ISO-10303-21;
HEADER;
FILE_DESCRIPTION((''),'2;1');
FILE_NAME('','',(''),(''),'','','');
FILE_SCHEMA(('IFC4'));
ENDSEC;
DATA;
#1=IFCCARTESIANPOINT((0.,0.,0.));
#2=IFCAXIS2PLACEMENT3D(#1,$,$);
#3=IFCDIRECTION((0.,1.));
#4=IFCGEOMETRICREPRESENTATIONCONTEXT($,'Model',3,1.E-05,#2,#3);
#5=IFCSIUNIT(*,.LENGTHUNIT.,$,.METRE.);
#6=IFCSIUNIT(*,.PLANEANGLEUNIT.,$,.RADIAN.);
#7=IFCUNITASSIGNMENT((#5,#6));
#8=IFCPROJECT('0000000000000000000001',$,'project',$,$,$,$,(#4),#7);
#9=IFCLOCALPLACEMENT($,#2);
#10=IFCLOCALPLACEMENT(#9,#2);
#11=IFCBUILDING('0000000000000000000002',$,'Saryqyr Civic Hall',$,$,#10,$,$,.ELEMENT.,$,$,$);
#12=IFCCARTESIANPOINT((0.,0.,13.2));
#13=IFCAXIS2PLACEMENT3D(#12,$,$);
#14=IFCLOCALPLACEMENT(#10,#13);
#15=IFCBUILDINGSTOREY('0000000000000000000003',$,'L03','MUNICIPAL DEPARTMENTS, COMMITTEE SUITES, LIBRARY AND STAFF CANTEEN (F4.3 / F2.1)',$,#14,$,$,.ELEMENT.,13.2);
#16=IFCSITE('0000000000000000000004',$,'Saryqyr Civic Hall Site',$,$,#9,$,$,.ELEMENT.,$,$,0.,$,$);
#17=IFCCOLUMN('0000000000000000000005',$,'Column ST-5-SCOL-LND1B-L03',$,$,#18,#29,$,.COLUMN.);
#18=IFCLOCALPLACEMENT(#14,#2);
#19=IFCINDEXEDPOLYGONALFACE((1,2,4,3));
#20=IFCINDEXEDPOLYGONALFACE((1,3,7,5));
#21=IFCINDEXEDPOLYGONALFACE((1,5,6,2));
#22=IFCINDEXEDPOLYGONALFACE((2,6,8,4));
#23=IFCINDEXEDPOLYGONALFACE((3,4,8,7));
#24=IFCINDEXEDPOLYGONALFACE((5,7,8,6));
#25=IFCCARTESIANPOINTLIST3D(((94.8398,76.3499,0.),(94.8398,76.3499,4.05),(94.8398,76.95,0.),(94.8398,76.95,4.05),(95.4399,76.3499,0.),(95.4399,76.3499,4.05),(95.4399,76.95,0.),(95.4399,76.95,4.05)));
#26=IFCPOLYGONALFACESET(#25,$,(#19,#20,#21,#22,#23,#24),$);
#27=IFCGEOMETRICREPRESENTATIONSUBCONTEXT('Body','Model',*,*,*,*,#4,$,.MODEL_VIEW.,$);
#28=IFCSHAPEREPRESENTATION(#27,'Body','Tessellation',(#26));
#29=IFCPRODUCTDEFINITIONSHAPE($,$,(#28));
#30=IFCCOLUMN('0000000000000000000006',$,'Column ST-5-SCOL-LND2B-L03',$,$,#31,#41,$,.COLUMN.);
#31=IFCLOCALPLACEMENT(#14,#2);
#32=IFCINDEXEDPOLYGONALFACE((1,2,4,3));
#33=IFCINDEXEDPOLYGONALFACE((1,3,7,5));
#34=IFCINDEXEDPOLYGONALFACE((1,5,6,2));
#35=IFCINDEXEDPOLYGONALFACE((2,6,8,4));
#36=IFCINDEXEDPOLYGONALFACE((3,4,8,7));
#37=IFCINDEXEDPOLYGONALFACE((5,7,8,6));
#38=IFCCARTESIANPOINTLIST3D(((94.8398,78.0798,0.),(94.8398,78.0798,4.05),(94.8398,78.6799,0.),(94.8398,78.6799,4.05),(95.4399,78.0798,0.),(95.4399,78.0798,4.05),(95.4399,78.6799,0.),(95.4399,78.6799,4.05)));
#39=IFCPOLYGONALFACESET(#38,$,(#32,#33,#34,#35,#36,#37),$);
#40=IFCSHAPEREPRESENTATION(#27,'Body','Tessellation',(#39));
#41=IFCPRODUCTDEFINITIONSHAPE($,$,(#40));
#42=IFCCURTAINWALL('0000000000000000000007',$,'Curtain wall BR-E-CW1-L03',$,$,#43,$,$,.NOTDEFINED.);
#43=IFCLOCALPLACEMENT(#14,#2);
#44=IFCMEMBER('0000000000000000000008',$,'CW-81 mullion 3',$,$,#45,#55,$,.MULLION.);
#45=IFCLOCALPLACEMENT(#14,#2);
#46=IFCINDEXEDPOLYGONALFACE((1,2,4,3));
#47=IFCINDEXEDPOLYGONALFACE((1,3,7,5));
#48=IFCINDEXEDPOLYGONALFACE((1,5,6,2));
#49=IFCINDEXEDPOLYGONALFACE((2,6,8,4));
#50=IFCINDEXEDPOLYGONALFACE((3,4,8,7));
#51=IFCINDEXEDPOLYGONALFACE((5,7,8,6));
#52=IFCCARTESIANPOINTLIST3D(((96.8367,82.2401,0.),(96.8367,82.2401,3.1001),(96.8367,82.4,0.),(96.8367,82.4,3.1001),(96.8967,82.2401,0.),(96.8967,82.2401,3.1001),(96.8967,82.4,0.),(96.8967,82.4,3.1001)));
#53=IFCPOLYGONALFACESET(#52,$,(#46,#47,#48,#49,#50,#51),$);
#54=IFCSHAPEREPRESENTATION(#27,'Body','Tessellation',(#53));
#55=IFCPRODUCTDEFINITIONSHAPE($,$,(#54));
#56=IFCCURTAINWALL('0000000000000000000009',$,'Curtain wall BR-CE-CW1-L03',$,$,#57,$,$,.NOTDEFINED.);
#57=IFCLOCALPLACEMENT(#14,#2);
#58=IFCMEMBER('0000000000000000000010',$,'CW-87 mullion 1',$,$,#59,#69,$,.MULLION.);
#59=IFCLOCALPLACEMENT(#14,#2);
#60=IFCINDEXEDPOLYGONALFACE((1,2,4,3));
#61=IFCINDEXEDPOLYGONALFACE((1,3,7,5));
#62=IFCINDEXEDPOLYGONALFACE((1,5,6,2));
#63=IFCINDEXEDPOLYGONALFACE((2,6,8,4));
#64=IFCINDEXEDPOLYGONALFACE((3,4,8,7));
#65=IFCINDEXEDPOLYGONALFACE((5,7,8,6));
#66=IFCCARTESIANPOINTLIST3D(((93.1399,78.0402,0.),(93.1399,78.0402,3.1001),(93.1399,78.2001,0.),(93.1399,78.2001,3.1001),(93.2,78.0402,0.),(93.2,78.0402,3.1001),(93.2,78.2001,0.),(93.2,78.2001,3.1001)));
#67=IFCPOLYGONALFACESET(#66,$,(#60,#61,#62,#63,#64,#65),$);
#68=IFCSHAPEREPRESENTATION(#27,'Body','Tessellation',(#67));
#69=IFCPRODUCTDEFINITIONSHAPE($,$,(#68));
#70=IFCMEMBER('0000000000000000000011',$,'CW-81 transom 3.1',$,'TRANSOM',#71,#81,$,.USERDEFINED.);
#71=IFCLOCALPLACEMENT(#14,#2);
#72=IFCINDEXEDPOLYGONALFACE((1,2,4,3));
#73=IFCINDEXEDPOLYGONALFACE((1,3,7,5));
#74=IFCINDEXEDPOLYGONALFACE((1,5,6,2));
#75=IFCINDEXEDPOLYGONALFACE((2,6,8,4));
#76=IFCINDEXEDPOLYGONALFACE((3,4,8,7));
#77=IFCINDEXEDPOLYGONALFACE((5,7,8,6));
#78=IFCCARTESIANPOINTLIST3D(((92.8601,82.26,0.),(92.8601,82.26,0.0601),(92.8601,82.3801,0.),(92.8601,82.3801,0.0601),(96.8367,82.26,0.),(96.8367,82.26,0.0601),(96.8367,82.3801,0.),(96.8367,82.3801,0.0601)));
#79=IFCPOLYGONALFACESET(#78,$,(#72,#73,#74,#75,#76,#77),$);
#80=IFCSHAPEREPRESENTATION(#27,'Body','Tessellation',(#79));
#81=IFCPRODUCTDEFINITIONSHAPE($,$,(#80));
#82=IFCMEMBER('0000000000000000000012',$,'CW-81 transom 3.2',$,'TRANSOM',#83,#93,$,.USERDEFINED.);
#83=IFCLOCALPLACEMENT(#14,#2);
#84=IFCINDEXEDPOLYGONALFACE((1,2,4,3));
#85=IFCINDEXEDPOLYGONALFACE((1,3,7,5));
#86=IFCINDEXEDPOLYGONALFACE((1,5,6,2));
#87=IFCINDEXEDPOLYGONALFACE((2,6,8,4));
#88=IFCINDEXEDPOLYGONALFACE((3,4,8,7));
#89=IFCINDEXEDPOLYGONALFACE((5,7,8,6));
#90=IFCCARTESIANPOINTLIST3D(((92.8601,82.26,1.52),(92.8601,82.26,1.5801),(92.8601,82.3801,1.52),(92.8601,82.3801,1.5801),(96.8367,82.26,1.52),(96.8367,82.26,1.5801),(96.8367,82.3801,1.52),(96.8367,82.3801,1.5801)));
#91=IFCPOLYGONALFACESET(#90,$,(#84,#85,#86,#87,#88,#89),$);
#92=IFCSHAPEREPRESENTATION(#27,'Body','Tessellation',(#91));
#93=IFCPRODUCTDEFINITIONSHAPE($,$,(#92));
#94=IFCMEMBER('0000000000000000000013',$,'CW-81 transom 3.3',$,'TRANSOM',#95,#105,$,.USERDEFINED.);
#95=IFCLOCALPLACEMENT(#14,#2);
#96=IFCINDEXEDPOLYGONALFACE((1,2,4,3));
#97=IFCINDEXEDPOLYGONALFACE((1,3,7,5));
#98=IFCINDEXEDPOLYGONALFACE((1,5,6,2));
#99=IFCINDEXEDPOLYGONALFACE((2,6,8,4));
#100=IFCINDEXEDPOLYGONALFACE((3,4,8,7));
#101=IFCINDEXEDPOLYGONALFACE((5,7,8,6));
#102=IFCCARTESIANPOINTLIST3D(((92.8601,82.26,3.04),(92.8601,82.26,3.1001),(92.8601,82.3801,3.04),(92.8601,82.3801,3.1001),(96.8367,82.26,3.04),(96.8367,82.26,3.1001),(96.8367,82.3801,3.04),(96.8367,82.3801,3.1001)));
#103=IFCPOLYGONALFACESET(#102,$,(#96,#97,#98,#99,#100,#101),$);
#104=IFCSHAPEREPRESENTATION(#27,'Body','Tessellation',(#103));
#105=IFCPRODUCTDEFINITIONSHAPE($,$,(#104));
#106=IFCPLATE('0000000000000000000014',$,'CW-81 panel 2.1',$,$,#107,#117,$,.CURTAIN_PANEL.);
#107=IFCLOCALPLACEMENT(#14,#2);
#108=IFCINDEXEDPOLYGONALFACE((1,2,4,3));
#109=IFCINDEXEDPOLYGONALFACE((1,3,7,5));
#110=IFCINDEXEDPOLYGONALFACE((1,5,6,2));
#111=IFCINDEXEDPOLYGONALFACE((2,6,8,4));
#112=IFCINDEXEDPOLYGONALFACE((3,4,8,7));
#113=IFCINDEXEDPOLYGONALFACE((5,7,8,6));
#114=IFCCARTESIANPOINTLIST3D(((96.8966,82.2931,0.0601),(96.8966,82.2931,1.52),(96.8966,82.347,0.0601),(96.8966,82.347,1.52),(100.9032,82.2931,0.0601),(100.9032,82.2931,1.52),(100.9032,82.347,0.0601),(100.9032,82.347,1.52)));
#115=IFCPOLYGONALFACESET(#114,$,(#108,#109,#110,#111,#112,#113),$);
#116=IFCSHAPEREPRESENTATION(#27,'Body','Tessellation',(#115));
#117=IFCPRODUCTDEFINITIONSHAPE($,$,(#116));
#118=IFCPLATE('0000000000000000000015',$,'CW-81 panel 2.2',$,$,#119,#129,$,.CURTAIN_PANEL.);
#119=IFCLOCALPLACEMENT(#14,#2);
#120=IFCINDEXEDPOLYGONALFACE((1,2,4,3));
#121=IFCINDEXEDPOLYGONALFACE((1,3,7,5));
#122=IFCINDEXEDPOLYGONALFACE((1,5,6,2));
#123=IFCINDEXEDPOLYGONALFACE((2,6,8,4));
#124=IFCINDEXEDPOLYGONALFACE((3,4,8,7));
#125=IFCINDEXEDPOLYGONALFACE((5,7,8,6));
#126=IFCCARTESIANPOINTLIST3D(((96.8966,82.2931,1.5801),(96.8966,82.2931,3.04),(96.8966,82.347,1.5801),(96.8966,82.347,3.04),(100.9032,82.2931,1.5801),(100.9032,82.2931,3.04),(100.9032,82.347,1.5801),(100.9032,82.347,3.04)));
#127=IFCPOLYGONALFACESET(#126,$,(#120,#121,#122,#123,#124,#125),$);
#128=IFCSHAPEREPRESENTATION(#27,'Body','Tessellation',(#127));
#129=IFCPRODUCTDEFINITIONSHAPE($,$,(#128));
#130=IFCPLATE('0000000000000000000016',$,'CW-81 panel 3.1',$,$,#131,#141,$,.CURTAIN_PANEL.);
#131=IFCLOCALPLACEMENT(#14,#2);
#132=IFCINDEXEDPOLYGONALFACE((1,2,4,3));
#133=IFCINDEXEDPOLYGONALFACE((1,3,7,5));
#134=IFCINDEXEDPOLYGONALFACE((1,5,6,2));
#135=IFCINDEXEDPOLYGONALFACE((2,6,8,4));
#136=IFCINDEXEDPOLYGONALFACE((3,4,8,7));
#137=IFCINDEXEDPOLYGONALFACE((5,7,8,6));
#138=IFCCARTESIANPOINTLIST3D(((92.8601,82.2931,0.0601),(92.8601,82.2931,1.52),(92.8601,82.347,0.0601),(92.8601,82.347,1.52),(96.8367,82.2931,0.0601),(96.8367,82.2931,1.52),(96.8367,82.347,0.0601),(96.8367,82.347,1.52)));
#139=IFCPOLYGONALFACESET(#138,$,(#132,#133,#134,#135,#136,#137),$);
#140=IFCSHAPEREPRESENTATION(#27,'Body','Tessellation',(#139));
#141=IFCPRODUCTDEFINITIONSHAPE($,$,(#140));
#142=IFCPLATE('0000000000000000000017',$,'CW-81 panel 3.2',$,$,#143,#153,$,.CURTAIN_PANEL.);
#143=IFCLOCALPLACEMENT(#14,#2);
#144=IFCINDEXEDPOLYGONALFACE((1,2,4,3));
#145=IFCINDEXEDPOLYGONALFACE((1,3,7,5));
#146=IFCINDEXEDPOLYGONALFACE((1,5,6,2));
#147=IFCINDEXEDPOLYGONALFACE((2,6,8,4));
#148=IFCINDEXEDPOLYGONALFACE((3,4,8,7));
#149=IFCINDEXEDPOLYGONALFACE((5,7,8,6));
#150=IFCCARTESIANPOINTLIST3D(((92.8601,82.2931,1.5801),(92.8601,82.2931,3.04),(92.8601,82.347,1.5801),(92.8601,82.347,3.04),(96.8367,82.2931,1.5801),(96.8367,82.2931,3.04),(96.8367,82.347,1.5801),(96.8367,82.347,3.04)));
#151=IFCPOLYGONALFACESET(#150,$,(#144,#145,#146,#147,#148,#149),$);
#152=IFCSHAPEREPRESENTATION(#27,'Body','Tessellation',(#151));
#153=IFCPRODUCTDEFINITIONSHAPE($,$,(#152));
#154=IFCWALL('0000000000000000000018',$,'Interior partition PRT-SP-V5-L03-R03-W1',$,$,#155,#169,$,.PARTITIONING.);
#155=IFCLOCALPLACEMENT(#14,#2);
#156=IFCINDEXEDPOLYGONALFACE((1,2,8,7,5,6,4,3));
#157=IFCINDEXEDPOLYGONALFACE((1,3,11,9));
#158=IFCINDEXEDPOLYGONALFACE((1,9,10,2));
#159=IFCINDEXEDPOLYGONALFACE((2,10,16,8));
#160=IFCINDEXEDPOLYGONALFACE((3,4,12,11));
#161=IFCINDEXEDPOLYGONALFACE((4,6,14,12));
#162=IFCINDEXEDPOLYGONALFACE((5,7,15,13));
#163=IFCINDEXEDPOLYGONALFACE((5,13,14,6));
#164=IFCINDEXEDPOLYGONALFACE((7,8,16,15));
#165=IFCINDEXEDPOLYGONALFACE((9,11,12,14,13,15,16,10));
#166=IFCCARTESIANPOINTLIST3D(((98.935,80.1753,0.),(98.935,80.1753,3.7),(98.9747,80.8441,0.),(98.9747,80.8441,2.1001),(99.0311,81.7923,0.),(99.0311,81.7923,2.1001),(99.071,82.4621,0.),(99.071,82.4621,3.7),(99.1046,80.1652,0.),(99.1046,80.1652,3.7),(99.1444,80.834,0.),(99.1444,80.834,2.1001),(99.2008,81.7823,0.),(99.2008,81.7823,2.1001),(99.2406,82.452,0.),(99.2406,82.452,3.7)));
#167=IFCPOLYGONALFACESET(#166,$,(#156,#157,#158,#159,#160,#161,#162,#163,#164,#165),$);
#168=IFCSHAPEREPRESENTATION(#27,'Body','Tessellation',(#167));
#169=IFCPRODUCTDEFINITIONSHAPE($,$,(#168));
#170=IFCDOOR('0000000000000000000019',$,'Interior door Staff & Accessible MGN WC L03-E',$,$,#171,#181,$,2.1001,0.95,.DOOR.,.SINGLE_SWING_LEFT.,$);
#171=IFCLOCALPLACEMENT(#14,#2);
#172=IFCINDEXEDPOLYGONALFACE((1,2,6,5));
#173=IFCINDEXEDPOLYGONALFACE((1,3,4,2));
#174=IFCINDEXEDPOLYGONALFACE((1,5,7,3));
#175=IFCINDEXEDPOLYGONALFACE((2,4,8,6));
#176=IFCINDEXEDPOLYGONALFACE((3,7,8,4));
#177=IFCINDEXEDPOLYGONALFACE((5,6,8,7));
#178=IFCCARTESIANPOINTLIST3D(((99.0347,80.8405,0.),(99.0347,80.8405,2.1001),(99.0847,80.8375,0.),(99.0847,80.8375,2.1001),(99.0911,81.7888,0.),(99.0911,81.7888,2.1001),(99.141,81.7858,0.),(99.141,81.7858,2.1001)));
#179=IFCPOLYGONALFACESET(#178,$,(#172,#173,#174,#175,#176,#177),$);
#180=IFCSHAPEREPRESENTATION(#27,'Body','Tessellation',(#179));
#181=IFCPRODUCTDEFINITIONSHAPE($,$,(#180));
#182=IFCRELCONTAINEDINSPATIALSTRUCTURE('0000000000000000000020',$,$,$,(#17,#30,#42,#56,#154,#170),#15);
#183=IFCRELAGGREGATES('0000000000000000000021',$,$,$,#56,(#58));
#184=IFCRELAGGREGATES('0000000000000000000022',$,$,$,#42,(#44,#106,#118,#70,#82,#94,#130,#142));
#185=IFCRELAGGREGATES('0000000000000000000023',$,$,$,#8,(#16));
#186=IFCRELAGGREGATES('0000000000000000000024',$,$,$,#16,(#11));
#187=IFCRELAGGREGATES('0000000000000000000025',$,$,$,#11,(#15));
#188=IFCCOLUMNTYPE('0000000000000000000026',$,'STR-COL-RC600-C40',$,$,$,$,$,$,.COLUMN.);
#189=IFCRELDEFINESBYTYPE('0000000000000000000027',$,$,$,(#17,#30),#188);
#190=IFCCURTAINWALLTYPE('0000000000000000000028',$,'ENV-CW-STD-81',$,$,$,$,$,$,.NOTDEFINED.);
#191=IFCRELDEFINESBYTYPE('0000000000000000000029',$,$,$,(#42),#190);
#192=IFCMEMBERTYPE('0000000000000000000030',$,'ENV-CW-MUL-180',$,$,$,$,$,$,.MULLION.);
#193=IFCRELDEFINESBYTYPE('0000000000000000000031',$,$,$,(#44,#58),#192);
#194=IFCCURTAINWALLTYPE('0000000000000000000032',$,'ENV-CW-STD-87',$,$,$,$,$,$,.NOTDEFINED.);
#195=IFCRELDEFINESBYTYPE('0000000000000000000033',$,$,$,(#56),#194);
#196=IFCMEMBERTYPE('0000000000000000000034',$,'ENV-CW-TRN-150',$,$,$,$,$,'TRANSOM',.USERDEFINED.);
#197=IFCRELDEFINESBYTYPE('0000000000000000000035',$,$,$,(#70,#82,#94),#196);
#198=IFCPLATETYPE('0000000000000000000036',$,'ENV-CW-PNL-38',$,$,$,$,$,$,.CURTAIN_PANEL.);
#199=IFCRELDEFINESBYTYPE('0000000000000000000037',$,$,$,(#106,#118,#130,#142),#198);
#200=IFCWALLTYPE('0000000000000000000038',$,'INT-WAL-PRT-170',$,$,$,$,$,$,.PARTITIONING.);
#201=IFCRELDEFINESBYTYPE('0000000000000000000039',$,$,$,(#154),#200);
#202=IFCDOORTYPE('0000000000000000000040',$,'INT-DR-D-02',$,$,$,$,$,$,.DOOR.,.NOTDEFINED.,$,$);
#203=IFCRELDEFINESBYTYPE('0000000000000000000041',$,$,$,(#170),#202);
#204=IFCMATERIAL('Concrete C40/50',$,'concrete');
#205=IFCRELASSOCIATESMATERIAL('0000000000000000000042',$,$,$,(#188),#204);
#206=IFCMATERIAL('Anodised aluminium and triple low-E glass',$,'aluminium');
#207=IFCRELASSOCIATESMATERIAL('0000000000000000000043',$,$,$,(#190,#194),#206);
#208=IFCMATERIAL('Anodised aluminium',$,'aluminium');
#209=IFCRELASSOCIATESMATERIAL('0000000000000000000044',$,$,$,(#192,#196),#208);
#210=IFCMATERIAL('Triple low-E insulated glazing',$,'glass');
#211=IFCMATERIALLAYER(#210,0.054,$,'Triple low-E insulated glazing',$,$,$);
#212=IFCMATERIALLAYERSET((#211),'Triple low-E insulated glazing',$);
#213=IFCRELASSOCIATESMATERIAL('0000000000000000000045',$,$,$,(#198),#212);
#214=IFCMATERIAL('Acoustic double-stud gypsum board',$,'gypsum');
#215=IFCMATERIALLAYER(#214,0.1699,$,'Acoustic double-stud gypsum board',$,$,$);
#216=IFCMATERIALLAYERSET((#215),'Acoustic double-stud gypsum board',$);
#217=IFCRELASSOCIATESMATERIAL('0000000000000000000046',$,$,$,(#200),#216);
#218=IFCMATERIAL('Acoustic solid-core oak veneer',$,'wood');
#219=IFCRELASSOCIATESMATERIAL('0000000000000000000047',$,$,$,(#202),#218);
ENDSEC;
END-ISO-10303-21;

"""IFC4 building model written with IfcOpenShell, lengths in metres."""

from ifc_helpers import new_model, si_unit, direction, frame, frame_2d, origin, origin_2d, place, context, subcontext, project, spatial, rectangle, extrude, material, layer, layer_set, material_profile, profile_set, type_object, element, fill, aggregate, save


model = new_model("IFC4")

# Units and contexts
model_context = context("Model", 3, precision=1e-05, world=origin(), true_north=direction((0.0, 1.0)))
body_context = subcontext(model_context, "Body", "Model", "MODEL_VIEW")
ifc_project = project(units=[si_unit("LENGTHUNIT", "METRE"), si_unit("PLANEANGLEUNIT", "RADIAN")], contexts=[model_context])

# Site, building, storey
site_placement = place(None, origin())
site = spatial("IfcSite", under=ifc_project, at=site_placement, Name="Saryqyr Civic Hall Site", CompositionType="ELEMENT", RefElevation=0.0)
building_placement = place(site_placement, origin())
building = spatial("IfcBuilding", under=site, at=building_placement, Name="Saryqyr Civic Hall", CompositionType="ELEMENT")
storey_placement = place(building_placement, frame((0.0, 0.0, 13.2)))
storey = spatial("IfcBuildingStorey", under=building, at=storey_placement, Name="L03", Description="MUNICIPAL DEPARTMENTS, COMMITTEE SUITES, LIBRARY AND STAFF CANTEEN (F4.3 / F2.1)", CompositionType="ELEMENT", Elevation=13.2)

# Columns
ifc_material_1 = material(Name="Concrete C40/50", Category="concrete")
ifc_material_profile_1 = material_profile(ifc_material_1, rectangle(XDim=0.6001, YDim=0.6001, at=origin_2d()), Name="RC 600x600")
ifc_profile_set_1 = profile_set([ifc_material_profile_1], Name="Concrete C40/50")
column_type = type_object("IfcColumnType", Name="STR-COL-RC600-C40", PredefinedType="COLUMN", material=ifc_profile_set_1)
for number, where, z_axis, x_axis, name in (
    (1, (95.1399, 76.6499, 0.0), (0.0, 0.0, 1.0), (1.0, 0.0, 0.0), "Column ST-5-SCOL-LND1B-L03"),
    (2, (95.1399, 78.3799, 0.0), (0.0, 0.0, 1.0), (1.0, 0.0, 0.0), "Column ST-5-SCOL-LND2B-L03"),
):
    element("IfcColumn", number, at=place(storey_placement, frame(where, z_axis=z_axis, x_axis=x_axis)), inside=storey, type_object=column_type, Name=name, PredefinedType="COLUMN", context=body_context, shape_type="SweptSolid", body=[
        extrude(rectangle(XDim=0.6001, YDim=0.6001, at=origin_2d()), origin(), (0.0, 0.0, 1.0), 4.05),
    ])

# Curtain walls, members
ifc_material_2 = material(Name="Anodised aluminium and triple low-E glass", Category="aluminium")
curtain_wall_type_1 = type_object("IfcCurtainWallType", Name="ENV-CW-STD-81", PredefinedType="NOTDEFINED", material=ifc_material_2)
curtain_wall_1_placement = place(storey_placement, origin())
curtain_wall_1 = element("IfcCurtainWall", 3, at=curtain_wall_1_placement, inside=storey, type_object=curtain_wall_type_1, Name="Curtain wall BR-E-CW1-L03", PredefinedType="NOTDEFINED")
ifc_material_3 = material(Name="Anodised aluminium", Category="aluminium")
ifc_material_profile_2 = material_profile(ifc_material_3, rectangle(XDim=0.0601, YDim=0.1599, at=origin_2d()), Name="ALU MULLION 60x160")
ifc_profile_set_2 = profile_set([ifc_material_profile_2], Name="Anodised aluminium")
member_type_1 = type_object("IfcMemberType", Name="ENV-CW-MUL-180", PredefinedType="MULLION", material=ifc_profile_set_2)
member_1_placement = place(storey_placement, frame((96.8667, 82.3201, 0.0), z_axis=(0.0, 0.0, 1.0), x_axis=(-1.0, 0.0, 0.0)))
member_1 = element("IfcMember", 4, at=member_1_placement, type_object=member_type_1, Name="CW-81 mullion 3", PredefinedType="MULLION", context=body_context, shape_type="SweptSolid", body=[
    extrude(rectangle(XDim=0.0601, YDim=0.1599, at=origin_2d()), origin(), (0.0, 0.0, 1.0), 3.1001),
])
curtain_wall_type_2 = type_object("IfcCurtainWallType", Name="ENV-CW-STD-87", PredefinedType="NOTDEFINED", material=ifc_material_2)
curtain_wall_2_placement = place(storey_placement, origin())
curtain_wall_2 = element("IfcCurtainWall", 5, at=curtain_wall_2_placement, inside=storey, type_object=curtain_wall_type_2, Name="Curtain wall BR-CE-CW1-L03", PredefinedType="NOTDEFINED")
member_2_placement = place(storey_placement, frame((93.1699, 78.1201, 0.0), z_axis=(0.0, 0.0, 1.0), x_axis=(-1.0, 0.0, 0.0)))
member_2 = element("IfcMember", 6, at=member_2_placement, type_object=member_type_1, Name="CW-87 mullion 1", PredefinedType="MULLION", context=body_context, shape_type="SweptSolid", body=[
    extrude(rectangle(XDim=0.0601, YDim=0.1599, at=origin_2d()), origin(), (0.0, 0.0, 1.0), 3.1001),
])
aggregate(curtain_wall_2, [member_2])

# Members
ifc_material_profile_3 = material_profile(ifc_material_3, rectangle(XDim=0.1201, YDim=0.0601, at=origin_2d()), Name="ALU TRANSOM 120x60")
ifc_profile_set_3 = profile_set([ifc_material_profile_3], Name="Anodised aluminium")
member_type_2 = type_object("IfcMemberType", Name="ENV-CW-TRN-150", ElementType="TRANSOM", PredefinedType="USERDEFINED", material=ifc_profile_set_3)
member_3_placement = place(storey_placement, frame((96.8367, 82.3201, 0.03), z_axis=(-1.0, 0.0, 0.0), x_axis=(0.0, -1.0, 0.0)))
member_3 = element("IfcMember", 7, at=member_3_placement, type_object=member_type_2, Name="CW-81 transom 3.1", ObjectType="TRANSOM", PredefinedType="USERDEFINED", context=body_context, shape_type="SweptSolid", body=[
    extrude(rectangle(XDim=0.1201, YDim=0.0601, at=origin_2d()), origin(), (0.0, 0.0, 1.0), 3.9766),
])
member_4_placement = place(storey_placement, frame((96.8367, 82.3201, 1.55), z_axis=(-1.0, 0.0, 0.0), x_axis=(0.0, -1.0, 0.0)))
member_4 = element("IfcMember", 8, at=member_4_placement, type_object=member_type_2, Name="CW-81 transom 3.2", ObjectType="TRANSOM", PredefinedType="USERDEFINED", context=body_context, shape_type="SweptSolid", body=[
    extrude(rectangle(XDim=0.1201, YDim=0.0601, at=origin_2d()), origin(), (0.0, 0.0, 1.0), 3.9766),
])
member_5_placement = place(storey_placement, frame((96.8367, 82.3201, 3.0701), z_axis=(-1.0, 0.0, 0.0), x_axis=(0.0, -1.0, 0.0)))
member_5 = element("IfcMember", 9, at=member_5_placement, type_object=member_type_2, Name="CW-81 transom 3.3", ObjectType="TRANSOM", PredefinedType="USERDEFINED", context=body_context, shape_type="SweptSolid", body=[
    extrude(rectangle(XDim=0.1201, YDim=0.0601, at=origin_2d()), origin(), (0.0, 0.0, 1.0), 3.9766),
])

# Plates
ifc_material_4 = material(Name="Triple low-E insulated glazing", Category="glass")
ifc_layer_1 = layer(ifc_material_4, 0.054, Name="Triple low-E insulated glazing")
ifc_layer_set_1 = layer_set([ifc_layer_1], Name="Triple low-E insulated glazing")
plate_type = type_object("IfcPlateType", Name="ENV-CW-PNL-38", PredefinedType="CURTAIN_PANEL", material=ifc_layer_set_1)
plate_1_placement = place(storey_placement, frame((98.8999, 82.3201, 0.0601), z_axis=(0.0, 0.0, 1.0), x_axis=(-1.0, 0.0, 0.0)))
plate_1 = element("IfcPlate", 10, at=plate_1_placement, type_object=plate_type, Name="CW-81 panel 2.1", PredefinedType="CURTAIN_PANEL", context=body_context, shape_type="SweptSolid", body=[
    extrude(rectangle(XDim=4.0066, YDim=0.054, at=origin_2d()), origin(), (0.0, 0.0, 1.0), 1.46),
])
plate_2_placement = place(storey_placement, frame((98.8999, 82.3201, 1.5801), z_axis=(0.0, 0.0, 1.0), x_axis=(-1.0, 0.0, 0.0)))
plate_2 = element("IfcPlate", 11, at=plate_2_placement, type_object=plate_type, Name="CW-81 panel 2.2", PredefinedType="CURTAIN_PANEL", context=body_context, shape_type="SweptSolid", body=[
    extrude(rectangle(XDim=4.0066, YDim=0.054, at=origin_2d()), origin(), (0.0, 0.0, 1.0), 1.46),
])
plate_3_placement = place(storey_placement, frame((94.8484, 82.3201, 0.0601), z_axis=(0.0, 0.0, 1.0), x_axis=(-1.0, 0.0, 0.0)))
plate_3 = element("IfcPlate", 12, at=plate_3_placement, type_object=plate_type, Name="CW-81 panel 3.1", PredefinedType="CURTAIN_PANEL", context=body_context, shape_type="SweptSolid", body=[
    extrude(rectangle(XDim=3.9766, YDim=0.054, at=origin_2d()), origin(), (0.0, 0.0, 1.0), 1.46),
])
plate_4_placement = place(storey_placement, frame((94.8484, 82.3201, 1.5801), z_axis=(0.0, 0.0, 1.0), x_axis=(-1.0, 0.0, 0.0)))
plate_4 = element("IfcPlate", 13, at=plate_4_placement, type_object=plate_type, Name="CW-81 panel 3.2", PredefinedType="CURTAIN_PANEL", context=body_context, shape_type="SweptSolid", body=[
    extrude(rectangle(XDim=3.9766, YDim=0.054, at=origin_2d()), origin(), (0.0, 0.0, 1.0), 1.46),
])
aggregate(curtain_wall_1, [member_1, plate_1, plate_2, member_3, member_4, member_5, plate_3, plate_4])

# Wall, opening, door
ifc_material_5 = material(Name="Acoustic double-stud gypsum board", Category="gypsum")
ifc_layer_2 = layer(ifc_material_5, 0.1699, Name="Acoustic double-stud gypsum board")
ifc_layer_set_2 = layer_set([ifc_layer_2], Name="Acoustic double-stud gypsum board")
wall_type_1 = type_object("IfcWallType", Name="INT-WAL-PRT-170", PredefinedType="PARTITIONING", material=ifc_layer_set_2)
wall_1_placement = place(storey_placement, frame((99.0198, 80.1702, 0.0), z_axis=(0.0, 0.0, 1.0), x_axis=(0.059366, 0.998236, 0.0)))
wall_1 = element("IfcWall", 14, at=wall_1_placement, inside=storey, type_object=wall_type_1, Name="Interior partition PRT-SP-V5-L03-R03-W1", PredefinedType="PARTITIONING", context=body_context, shape_type="SweptSolid", body=[
    extrude(rectangle(XDim=2.2908, YDim=0.1699, at=frame_2d((1.1455, 0.0))), origin(), (0.0, 0.0, 1.0), 3.7),
])
opening_1_placement = place(wall_1_placement, frame((0.6699, 0.0, 0.0)))
opening_1 = element("IfcOpeningElement", 15, at=opening_1_placement, cuts=wall_1, PredefinedType="OPENING", context=body_context, shape_type="SweptSolid", body=[
    extrude(rectangle(XDim=0.95, YDim=2.1001, at=frame_2d((0.4751, 1.05))), frame((0.0, 0.095, 0.0), z_axis=(0.0, -1.0, 0.0), x_axis=(1.0, 0.0, 0.0)), (0.0, 0.0, 1.0), 0.1899),
])
ifc_material_6 = material(Name="Acoustic solid-core oak veneer", Category="wood")
door_type_1 = type_object("IfcDoorType", Name="INT-DR-D-02", OperationType="NOTDEFINED", PredefinedType="DOOR", material=ifc_material_6)
door_1_placement = place(opening_1_placement, origin())
door_1 = element("IfcDoor", 16, at=door_1_placement, inside=storey, type_object=door_type_1, Name="Interior door Staff & Accessible MGN WC L03-E", OperationType="SINGLE_SWING_LEFT", OverallHeight=2.1001, OverallWidth=0.95, PredefinedType="DOOR", context=body_context, shape_type="SweptSolid", body=[
    extrude(rectangle(XDim=0.95, YDim=2.1001, at=frame_2d((0.4751, 1.05))), frame((0.0, 0.0249, 0.0), z_axis=(0.0, -1.0, 0.0), x_axis=(1.0, 0.0, 0.0)), (0.0, 0.0, 1.0), 0.05),
])
fill(opening_1, door_1)

save(model, "model.ifc")
